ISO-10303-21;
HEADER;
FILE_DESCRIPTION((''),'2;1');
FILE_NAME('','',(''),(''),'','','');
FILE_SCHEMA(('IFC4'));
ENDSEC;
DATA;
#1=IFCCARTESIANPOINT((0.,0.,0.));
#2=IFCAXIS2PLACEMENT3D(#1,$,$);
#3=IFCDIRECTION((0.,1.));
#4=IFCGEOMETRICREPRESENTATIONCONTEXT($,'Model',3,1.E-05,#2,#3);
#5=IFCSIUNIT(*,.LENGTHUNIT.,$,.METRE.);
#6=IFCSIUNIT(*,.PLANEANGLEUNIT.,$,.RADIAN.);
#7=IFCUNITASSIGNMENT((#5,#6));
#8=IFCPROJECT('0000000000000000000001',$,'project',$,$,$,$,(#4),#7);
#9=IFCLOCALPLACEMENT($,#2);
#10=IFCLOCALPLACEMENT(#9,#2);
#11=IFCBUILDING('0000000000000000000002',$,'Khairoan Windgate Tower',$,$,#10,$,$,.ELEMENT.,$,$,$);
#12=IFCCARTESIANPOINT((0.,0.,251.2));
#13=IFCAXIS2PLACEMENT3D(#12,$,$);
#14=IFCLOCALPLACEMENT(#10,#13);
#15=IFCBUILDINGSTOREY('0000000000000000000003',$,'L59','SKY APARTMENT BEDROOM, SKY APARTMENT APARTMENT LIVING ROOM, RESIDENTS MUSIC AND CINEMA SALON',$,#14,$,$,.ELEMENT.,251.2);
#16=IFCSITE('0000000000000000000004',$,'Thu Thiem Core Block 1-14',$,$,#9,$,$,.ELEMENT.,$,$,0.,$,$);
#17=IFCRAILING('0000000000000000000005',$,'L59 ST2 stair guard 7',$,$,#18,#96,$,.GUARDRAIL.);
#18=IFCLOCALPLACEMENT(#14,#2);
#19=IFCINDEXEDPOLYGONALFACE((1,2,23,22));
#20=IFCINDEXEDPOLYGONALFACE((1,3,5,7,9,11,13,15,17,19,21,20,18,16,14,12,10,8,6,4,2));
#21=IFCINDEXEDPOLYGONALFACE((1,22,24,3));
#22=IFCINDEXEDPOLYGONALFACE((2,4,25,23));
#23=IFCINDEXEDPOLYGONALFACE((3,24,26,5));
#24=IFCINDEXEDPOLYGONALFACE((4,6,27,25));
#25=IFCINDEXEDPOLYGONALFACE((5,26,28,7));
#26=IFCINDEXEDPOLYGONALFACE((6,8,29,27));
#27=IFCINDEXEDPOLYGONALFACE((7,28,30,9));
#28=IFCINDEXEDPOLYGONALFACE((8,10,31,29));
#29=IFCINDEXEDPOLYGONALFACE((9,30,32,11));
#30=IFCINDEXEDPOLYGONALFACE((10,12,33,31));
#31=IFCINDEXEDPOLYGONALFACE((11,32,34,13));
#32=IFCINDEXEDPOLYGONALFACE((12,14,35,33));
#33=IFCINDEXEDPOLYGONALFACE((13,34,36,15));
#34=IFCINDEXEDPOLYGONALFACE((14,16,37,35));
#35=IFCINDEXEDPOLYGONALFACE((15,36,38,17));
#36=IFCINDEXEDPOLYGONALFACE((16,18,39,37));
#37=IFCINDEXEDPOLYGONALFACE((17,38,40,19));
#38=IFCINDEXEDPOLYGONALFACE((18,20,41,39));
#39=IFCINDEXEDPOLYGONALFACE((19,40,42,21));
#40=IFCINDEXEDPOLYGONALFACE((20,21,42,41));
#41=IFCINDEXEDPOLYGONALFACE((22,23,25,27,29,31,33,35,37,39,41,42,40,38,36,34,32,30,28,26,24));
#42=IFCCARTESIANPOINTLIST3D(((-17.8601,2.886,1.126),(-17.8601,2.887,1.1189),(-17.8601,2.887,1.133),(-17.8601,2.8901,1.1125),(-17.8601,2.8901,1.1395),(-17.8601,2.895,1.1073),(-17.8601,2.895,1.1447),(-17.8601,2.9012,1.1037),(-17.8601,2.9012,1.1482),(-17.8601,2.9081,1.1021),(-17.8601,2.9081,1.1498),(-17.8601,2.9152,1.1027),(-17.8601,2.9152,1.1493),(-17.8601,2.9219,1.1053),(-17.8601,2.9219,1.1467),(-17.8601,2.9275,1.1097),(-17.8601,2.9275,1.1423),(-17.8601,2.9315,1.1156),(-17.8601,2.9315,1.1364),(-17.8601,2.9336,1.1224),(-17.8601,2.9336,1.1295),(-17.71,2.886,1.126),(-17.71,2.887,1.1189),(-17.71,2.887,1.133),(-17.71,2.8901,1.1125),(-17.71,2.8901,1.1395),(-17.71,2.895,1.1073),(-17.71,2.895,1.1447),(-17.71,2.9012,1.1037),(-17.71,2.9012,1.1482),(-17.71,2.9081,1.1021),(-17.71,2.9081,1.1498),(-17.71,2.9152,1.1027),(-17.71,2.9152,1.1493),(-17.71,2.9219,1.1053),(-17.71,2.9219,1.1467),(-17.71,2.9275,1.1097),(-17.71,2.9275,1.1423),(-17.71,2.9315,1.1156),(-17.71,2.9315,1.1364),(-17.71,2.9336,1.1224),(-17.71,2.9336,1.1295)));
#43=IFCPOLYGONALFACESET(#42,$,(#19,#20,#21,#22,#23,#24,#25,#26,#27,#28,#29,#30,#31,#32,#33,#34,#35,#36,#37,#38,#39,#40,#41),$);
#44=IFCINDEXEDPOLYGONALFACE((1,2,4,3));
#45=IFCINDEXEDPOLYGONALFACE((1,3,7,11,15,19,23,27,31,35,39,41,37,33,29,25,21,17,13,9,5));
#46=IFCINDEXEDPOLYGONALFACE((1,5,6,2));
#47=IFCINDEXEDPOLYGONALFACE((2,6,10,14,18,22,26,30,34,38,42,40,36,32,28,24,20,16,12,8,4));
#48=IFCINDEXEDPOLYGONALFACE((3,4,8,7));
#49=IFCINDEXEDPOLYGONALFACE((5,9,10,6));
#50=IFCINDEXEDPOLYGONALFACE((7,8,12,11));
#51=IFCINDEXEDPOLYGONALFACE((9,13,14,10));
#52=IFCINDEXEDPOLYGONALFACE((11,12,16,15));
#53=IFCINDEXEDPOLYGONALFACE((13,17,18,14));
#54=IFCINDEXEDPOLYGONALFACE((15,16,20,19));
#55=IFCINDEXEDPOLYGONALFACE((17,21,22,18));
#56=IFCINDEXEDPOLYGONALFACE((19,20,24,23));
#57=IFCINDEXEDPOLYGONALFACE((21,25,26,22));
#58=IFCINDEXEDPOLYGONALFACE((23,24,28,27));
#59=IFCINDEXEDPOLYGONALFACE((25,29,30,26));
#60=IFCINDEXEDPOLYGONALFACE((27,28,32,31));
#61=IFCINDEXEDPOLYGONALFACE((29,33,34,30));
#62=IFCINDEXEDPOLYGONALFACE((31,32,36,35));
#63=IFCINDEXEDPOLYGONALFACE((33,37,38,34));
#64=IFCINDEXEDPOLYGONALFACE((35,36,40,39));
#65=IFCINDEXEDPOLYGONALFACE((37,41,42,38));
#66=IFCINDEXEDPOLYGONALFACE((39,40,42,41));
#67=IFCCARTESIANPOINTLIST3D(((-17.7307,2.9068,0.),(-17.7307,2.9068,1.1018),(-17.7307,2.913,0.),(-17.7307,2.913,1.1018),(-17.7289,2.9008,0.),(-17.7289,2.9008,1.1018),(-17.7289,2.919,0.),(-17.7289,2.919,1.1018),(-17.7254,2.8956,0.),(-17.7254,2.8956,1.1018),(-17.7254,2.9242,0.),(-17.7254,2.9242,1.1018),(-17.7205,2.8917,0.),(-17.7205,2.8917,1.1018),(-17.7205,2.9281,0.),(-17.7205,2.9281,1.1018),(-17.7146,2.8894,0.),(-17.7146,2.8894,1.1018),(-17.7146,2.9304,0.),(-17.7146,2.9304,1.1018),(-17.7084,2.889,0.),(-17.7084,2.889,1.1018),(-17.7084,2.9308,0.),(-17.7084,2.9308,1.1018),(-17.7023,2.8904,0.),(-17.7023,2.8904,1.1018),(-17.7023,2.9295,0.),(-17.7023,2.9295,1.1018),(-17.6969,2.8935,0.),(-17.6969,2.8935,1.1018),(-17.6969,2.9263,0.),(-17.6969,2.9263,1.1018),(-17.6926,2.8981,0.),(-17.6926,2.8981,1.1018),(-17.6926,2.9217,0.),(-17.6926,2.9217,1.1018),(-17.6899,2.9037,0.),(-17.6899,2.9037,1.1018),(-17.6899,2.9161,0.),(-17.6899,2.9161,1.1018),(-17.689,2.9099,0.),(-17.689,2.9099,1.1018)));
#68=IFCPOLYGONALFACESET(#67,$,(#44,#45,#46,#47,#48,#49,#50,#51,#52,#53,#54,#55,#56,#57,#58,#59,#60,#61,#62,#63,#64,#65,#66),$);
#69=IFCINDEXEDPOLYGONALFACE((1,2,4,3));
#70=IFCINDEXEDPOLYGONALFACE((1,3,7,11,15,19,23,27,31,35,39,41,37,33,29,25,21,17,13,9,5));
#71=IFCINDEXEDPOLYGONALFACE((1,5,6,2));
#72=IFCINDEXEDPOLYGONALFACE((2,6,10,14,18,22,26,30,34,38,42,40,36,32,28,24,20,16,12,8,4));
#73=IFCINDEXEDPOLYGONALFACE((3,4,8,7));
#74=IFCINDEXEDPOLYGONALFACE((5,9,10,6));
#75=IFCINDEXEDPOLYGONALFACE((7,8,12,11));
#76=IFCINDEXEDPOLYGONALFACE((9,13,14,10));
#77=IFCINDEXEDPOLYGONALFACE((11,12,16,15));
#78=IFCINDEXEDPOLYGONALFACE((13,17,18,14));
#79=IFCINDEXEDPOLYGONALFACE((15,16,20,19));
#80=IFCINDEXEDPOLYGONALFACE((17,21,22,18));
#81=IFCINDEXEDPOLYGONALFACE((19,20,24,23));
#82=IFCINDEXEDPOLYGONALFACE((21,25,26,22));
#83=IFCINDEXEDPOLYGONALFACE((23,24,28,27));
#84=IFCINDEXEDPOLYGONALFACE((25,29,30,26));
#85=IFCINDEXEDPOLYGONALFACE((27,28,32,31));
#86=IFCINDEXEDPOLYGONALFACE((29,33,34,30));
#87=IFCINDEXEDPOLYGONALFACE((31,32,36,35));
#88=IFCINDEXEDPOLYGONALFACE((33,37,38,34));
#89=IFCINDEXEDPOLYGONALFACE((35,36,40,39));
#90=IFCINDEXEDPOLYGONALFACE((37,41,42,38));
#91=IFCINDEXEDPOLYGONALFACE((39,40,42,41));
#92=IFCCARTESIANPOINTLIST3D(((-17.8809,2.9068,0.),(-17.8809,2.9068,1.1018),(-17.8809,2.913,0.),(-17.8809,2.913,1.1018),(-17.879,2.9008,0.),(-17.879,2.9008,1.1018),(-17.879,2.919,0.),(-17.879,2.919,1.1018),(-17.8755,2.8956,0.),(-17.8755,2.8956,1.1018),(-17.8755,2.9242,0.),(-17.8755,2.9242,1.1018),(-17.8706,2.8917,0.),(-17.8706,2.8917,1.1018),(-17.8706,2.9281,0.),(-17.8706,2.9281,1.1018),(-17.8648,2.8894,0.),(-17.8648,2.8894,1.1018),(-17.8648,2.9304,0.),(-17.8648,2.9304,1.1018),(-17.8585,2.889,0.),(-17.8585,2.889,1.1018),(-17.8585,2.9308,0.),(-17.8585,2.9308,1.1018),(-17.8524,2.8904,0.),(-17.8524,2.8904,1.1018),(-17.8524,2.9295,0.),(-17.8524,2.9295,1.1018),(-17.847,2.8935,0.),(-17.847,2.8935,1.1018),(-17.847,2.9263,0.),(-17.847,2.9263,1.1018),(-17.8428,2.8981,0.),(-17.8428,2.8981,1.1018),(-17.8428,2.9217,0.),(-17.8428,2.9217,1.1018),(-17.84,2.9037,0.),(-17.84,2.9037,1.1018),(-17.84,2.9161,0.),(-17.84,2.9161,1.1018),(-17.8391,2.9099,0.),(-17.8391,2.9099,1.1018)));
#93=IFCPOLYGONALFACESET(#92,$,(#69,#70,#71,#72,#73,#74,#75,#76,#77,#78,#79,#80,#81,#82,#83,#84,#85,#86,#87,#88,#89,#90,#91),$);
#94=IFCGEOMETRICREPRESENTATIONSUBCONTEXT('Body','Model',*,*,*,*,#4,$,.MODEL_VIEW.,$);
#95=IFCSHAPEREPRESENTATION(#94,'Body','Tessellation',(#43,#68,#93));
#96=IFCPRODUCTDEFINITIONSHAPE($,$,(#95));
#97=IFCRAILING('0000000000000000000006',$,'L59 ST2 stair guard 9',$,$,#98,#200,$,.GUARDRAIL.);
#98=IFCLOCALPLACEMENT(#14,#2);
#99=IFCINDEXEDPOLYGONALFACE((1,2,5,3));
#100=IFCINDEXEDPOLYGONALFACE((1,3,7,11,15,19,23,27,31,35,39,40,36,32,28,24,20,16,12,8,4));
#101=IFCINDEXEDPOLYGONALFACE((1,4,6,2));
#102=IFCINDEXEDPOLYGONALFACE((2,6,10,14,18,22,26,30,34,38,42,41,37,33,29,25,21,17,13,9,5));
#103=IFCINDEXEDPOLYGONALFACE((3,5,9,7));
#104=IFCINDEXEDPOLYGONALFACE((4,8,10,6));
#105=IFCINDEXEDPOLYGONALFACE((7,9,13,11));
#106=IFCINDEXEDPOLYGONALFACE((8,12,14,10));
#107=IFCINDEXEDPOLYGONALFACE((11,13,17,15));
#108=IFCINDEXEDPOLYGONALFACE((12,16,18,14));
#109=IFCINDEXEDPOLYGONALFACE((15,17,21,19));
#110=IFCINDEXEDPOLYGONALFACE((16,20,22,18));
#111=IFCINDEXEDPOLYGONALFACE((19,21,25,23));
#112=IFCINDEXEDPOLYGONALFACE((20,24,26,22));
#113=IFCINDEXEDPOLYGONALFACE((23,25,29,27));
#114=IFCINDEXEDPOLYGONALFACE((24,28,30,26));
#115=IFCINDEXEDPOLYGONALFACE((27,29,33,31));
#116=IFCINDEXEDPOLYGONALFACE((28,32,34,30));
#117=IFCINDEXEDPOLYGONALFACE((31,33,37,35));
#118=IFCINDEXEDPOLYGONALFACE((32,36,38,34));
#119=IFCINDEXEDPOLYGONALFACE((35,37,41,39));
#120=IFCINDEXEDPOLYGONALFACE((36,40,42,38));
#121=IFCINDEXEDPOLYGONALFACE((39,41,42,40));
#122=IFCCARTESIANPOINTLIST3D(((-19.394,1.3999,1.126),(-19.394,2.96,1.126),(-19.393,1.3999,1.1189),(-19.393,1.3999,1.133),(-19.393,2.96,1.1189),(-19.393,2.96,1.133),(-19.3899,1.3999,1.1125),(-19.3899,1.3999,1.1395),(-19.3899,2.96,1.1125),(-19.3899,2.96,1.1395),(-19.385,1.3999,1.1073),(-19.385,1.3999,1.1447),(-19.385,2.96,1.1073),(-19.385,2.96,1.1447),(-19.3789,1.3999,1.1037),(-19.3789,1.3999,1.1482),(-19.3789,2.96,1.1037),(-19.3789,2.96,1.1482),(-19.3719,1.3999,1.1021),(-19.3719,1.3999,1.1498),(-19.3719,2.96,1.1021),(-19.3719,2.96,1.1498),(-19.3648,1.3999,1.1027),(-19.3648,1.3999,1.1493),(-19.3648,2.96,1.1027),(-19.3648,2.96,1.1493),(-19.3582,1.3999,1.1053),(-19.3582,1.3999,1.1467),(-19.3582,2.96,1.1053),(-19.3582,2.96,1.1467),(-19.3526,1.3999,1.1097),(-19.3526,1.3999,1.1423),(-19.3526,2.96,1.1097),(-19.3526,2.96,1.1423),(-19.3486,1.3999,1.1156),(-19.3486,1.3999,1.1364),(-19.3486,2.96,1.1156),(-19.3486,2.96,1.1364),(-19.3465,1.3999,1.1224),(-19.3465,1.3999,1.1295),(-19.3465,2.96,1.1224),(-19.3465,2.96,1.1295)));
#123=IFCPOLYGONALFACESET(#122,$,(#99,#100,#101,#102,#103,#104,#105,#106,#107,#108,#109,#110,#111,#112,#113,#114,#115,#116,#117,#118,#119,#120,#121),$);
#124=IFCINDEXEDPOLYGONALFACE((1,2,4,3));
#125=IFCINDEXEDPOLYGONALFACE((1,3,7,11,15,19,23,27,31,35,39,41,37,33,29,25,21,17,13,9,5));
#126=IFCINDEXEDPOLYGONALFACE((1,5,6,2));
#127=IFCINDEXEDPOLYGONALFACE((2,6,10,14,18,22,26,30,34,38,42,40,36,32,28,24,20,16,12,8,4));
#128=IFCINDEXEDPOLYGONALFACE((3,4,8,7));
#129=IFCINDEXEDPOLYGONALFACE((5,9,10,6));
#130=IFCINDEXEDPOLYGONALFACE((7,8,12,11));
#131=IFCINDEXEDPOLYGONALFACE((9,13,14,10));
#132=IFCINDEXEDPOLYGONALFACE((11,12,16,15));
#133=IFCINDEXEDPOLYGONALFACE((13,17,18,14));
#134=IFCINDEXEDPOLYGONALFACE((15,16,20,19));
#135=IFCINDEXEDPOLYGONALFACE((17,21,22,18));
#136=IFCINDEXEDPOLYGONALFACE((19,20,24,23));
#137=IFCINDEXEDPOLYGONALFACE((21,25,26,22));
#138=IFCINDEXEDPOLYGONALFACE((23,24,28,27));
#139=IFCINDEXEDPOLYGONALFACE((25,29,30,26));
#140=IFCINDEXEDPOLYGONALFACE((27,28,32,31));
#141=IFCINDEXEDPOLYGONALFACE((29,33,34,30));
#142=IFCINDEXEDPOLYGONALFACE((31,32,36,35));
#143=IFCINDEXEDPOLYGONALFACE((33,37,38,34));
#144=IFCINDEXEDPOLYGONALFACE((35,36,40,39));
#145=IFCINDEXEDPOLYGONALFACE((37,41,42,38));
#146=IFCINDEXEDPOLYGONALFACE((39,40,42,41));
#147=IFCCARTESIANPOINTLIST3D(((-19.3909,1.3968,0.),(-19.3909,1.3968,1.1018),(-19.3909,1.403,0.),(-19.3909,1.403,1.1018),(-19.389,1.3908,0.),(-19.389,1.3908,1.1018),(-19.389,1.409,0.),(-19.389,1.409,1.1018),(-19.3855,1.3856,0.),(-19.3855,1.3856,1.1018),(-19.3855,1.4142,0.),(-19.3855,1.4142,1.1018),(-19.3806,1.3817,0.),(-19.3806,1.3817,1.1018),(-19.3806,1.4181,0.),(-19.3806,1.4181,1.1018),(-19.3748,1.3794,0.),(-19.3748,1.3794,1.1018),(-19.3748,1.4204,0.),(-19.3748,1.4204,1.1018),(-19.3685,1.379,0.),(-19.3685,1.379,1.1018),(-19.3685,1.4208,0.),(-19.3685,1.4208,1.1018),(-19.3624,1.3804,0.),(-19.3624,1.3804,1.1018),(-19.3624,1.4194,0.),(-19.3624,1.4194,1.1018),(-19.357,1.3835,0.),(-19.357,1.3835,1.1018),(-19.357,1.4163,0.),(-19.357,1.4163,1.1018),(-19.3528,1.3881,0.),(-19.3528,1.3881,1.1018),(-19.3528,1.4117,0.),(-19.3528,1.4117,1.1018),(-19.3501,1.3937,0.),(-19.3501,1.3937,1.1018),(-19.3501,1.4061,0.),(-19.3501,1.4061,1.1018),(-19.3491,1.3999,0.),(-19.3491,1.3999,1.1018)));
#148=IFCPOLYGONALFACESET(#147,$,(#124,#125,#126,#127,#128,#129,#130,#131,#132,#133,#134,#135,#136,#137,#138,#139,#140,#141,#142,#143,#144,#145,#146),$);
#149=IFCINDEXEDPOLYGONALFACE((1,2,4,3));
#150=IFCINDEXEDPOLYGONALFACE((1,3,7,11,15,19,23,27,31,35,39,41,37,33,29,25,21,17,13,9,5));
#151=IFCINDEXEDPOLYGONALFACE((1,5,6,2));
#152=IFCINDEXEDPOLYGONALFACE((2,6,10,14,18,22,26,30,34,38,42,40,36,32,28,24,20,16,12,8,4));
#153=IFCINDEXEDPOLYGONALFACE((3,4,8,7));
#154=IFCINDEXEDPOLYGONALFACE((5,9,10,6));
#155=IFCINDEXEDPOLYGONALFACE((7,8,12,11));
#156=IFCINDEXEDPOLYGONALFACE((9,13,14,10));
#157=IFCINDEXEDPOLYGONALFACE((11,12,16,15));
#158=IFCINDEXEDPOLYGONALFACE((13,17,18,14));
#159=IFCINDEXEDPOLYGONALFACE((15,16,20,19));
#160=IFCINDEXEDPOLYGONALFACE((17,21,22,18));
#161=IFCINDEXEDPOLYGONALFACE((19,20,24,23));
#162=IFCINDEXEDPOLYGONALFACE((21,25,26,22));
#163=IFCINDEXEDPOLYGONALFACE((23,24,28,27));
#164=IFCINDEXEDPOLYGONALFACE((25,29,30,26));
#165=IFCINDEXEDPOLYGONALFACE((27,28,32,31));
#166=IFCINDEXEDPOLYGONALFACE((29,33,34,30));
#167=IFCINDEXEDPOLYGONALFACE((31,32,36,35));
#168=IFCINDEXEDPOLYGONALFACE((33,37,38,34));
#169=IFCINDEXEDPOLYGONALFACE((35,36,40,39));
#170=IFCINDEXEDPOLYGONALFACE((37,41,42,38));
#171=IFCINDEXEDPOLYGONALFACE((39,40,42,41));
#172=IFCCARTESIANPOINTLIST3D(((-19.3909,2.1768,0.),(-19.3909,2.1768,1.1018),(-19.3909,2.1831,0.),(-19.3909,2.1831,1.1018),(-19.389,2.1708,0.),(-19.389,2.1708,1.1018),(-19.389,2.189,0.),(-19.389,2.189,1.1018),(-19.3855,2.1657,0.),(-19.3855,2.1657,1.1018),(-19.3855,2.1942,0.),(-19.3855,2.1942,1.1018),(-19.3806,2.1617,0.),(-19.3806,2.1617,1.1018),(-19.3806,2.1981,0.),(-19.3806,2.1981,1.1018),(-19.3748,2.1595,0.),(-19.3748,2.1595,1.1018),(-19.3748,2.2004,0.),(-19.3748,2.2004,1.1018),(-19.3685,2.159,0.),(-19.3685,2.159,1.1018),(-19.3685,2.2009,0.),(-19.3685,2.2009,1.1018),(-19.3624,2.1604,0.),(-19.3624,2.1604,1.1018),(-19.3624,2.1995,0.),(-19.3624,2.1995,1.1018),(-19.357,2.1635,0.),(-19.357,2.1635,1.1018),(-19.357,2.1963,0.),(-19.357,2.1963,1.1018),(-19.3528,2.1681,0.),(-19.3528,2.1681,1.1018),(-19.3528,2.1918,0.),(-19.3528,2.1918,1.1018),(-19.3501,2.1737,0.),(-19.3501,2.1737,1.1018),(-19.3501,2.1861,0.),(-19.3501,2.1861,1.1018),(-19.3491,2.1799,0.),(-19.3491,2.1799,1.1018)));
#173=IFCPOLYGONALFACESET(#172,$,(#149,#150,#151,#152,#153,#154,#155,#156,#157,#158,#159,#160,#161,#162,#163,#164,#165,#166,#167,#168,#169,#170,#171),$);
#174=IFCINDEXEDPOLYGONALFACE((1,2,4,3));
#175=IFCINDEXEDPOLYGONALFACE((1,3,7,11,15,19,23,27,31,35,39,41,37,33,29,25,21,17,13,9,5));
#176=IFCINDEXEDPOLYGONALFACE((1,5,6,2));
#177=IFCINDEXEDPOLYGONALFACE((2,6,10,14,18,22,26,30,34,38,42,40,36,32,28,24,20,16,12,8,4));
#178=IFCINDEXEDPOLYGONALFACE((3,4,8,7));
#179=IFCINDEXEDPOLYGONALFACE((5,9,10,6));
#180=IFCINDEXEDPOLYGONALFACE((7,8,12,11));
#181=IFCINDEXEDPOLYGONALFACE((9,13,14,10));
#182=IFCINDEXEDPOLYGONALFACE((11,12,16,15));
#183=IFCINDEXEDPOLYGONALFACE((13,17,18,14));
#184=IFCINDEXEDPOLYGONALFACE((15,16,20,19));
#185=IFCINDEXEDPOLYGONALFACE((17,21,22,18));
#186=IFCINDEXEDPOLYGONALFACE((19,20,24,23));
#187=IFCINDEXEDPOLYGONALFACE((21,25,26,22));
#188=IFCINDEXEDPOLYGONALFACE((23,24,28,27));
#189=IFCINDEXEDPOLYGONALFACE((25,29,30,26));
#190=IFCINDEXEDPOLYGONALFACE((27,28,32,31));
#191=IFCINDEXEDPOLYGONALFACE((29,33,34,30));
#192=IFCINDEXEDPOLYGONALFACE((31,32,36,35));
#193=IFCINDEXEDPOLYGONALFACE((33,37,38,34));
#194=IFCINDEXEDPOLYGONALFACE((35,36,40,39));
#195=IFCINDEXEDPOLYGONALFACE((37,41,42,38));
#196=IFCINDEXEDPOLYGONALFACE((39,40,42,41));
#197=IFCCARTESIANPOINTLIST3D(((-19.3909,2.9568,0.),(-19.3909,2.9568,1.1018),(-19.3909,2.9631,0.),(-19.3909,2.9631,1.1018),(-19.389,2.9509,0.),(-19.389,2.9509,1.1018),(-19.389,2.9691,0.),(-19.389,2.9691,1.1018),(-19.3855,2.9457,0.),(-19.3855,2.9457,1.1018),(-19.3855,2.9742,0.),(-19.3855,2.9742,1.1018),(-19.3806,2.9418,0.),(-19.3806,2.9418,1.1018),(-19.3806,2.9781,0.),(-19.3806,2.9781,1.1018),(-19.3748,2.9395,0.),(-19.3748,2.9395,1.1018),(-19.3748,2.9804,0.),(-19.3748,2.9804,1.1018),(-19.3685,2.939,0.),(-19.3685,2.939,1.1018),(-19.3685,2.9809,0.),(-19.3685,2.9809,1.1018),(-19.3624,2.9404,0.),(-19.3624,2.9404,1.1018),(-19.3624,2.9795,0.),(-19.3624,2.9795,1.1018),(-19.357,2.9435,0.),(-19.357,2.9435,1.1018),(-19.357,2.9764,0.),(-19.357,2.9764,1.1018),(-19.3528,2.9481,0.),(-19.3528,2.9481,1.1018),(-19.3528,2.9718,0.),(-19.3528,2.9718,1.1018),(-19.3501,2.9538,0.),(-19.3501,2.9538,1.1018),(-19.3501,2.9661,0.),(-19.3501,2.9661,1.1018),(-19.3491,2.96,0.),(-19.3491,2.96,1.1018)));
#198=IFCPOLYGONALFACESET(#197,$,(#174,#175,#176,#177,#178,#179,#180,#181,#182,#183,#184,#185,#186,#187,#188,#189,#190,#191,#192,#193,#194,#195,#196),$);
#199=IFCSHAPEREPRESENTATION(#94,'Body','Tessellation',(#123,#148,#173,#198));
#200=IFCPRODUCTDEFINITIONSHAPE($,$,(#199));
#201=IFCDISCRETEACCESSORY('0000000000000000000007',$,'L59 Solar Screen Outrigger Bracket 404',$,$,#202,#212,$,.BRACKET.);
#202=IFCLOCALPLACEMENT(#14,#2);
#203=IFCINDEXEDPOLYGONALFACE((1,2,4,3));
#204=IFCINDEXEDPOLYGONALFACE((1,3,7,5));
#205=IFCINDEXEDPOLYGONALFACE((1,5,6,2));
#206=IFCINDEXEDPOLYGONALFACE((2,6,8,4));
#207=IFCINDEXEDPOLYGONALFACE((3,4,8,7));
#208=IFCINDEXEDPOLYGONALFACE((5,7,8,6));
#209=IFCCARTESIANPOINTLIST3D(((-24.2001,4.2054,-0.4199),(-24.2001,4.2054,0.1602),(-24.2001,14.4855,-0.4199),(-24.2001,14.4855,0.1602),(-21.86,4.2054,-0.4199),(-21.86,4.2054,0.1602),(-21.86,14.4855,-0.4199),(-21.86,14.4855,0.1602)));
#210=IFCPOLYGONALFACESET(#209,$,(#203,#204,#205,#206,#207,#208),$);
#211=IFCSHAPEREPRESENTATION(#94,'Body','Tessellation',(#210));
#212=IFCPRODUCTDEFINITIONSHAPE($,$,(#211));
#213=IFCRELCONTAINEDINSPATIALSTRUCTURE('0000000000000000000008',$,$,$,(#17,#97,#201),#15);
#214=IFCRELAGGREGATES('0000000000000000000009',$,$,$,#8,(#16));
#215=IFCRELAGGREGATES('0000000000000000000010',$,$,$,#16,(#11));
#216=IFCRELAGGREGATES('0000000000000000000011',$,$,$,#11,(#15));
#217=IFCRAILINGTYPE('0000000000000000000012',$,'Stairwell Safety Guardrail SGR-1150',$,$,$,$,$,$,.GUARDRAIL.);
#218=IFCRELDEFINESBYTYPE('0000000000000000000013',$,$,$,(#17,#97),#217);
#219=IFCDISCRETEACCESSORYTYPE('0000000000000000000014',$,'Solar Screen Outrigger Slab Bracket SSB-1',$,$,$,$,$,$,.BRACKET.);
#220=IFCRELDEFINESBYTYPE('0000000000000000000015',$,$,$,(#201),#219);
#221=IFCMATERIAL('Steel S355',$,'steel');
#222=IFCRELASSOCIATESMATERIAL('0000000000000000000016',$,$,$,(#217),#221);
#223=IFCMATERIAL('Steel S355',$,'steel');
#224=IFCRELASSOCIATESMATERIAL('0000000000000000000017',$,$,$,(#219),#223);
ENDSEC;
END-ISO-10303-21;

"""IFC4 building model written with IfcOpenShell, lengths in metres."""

from ifc_helpers import new_model, si_unit, direction, frame, origin, origin_2d, place, context, subcontext, project, spatial, rectangle, circle, extrude, material, type_object, element, save


model = new_model("IFC4")

# Units and contexts
model_context = context("Model", 3, precision=1e-05, world=origin(), true_north=direction((0.0, 1.0)))
body_context = subcontext(model_context, "Body", "Model", "MODEL_VIEW")
ifc_project = project(units=[si_unit("LENGTHUNIT", "METRE"), si_unit("PLANEANGLEUNIT", "RADIAN")], contexts=[model_context])

# Site, building, storey
site_placement = place(None, origin())
site = spatial("IfcSite", under=ifc_project, at=site_placement, Name="Thu Thiem Core Block 1-14", CompositionType="ELEMENT", RefElevation=0.0)
building_placement = place(site_placement, origin())
building = spatial("IfcBuilding", under=site, at=building_placement, Name="Khairoan Windgate Tower", CompositionType="ELEMENT")
storey_placement = place(building_placement, frame((0.0, 0.0, 251.2)))
storey = spatial("IfcBuildingStorey", under=building, at=storey_placement, Name="L59", Description="SKY APARTMENT BEDROOM, SKY APARTMENT APARTMENT LIVING ROOM, RESIDENTS MUSIC AND CINEMA SALON", CompositionType="ELEMENT", Elevation=251.2)

# Railings
ifc_material_1 = material(Name="Steel S355", Category="steel")
railing_type_1 = type_object("IfcRailingType", Name="Stairwell Safety Guardrail SGR-1150", PredefinedType="GUARDRAIL", material=ifc_material_1)
railing_1_placement = place(storey_placement, frame((-17.71, 2.9099, 0.0)))
element("IfcRailing", 1, at=railing_1_placement, inside=storey, type_object=railing_type_1, Name="L59 ST2 stair guard 7", PredefinedType="GUARDRAIL", context=body_context, shape_type="SweptSolid", body=[
    extrude(circle(Radius=0.0239, at=origin_2d()), frame((0.0, 0.0, 1.126), z_axis=(-1.0, 0.0, 0.0), x_axis=(0.0, -1.0, 0.0)), (0.0, 0.0, 1.0), 0.1501),
    extrude(circle(Radius=0.021, at=origin_2d()), origin(), (0.0, 0.0, 1.0), 1.1018),
    extrude(circle(Radius=0.021, at=origin_2d()), frame((-0.1501, 0.0, 0.0)), (0.0, 0.0, 1.0), 1.1018),
])
railing_2_placement = place(storey_placement, frame((-19.3701, 1.3999, 0.0)))
element("IfcRailing", 2, at=railing_2_placement, inside=storey, type_object=railing_type_1, Name="L59 ST2 stair guard 9", PredefinedType="GUARDRAIL", context=body_context, shape_type="SweptSolid", body=[
    extrude(circle(Radius=0.0239, at=origin_2d()), frame((0.0, 0.0, 1.126), z_axis=(0.0, 1.0, 0.0), x_axis=(-1.0, 0.0, 0.0)), (0.0, 0.0, 1.0), 1.5601),
    extrude(circle(Radius=0.021, at=origin_2d()), origin(), (0.0, 0.0, 1.0), 1.1018),
    extrude(circle(Radius=0.021, at=origin_2d()), frame((0.0, 0.78, 0.0)), (0.0, 0.0, 1.0), 1.1018),
    extrude(circle(Radius=0.021, at=origin_2d()), frame((0.0, 1.5601, 0.0)), (0.0, 0.0, 1.0), 1.1018),
])

# Discrete accessory
ifc_material_2 = material(Name="Steel S355", Category="steel")
discrete_accessory_type = type_object("IfcDiscreteAccessoryType", Name="Solar Screen Outrigger Slab Bracket SSB-1", PredefinedType="BRACKET", material=ifc_material_2)
discrete_accessory_placement = place(storey_placement, frame((-23.03, 9.3455, -0.4199), z_axis=(0.0, 0.0, 1.0), x_axis=(0.0, 1.0, 0.0)))
element("IfcDiscreteAccessory", 3, at=discrete_accessory_placement, inside=storey, type_object=discrete_accessory_type, Name="L59 Solar Screen Outrigger Bracket 404", PredefinedType="BRACKET", context=body_context, shape_type="SweptSolid", body=[
    extrude(rectangle(XDim=10.28, YDim=2.3401, at=origin_2d()), origin(), (0.0, 0.0, 1.0), 0.5801),
])

save(model, "model.ifc")
